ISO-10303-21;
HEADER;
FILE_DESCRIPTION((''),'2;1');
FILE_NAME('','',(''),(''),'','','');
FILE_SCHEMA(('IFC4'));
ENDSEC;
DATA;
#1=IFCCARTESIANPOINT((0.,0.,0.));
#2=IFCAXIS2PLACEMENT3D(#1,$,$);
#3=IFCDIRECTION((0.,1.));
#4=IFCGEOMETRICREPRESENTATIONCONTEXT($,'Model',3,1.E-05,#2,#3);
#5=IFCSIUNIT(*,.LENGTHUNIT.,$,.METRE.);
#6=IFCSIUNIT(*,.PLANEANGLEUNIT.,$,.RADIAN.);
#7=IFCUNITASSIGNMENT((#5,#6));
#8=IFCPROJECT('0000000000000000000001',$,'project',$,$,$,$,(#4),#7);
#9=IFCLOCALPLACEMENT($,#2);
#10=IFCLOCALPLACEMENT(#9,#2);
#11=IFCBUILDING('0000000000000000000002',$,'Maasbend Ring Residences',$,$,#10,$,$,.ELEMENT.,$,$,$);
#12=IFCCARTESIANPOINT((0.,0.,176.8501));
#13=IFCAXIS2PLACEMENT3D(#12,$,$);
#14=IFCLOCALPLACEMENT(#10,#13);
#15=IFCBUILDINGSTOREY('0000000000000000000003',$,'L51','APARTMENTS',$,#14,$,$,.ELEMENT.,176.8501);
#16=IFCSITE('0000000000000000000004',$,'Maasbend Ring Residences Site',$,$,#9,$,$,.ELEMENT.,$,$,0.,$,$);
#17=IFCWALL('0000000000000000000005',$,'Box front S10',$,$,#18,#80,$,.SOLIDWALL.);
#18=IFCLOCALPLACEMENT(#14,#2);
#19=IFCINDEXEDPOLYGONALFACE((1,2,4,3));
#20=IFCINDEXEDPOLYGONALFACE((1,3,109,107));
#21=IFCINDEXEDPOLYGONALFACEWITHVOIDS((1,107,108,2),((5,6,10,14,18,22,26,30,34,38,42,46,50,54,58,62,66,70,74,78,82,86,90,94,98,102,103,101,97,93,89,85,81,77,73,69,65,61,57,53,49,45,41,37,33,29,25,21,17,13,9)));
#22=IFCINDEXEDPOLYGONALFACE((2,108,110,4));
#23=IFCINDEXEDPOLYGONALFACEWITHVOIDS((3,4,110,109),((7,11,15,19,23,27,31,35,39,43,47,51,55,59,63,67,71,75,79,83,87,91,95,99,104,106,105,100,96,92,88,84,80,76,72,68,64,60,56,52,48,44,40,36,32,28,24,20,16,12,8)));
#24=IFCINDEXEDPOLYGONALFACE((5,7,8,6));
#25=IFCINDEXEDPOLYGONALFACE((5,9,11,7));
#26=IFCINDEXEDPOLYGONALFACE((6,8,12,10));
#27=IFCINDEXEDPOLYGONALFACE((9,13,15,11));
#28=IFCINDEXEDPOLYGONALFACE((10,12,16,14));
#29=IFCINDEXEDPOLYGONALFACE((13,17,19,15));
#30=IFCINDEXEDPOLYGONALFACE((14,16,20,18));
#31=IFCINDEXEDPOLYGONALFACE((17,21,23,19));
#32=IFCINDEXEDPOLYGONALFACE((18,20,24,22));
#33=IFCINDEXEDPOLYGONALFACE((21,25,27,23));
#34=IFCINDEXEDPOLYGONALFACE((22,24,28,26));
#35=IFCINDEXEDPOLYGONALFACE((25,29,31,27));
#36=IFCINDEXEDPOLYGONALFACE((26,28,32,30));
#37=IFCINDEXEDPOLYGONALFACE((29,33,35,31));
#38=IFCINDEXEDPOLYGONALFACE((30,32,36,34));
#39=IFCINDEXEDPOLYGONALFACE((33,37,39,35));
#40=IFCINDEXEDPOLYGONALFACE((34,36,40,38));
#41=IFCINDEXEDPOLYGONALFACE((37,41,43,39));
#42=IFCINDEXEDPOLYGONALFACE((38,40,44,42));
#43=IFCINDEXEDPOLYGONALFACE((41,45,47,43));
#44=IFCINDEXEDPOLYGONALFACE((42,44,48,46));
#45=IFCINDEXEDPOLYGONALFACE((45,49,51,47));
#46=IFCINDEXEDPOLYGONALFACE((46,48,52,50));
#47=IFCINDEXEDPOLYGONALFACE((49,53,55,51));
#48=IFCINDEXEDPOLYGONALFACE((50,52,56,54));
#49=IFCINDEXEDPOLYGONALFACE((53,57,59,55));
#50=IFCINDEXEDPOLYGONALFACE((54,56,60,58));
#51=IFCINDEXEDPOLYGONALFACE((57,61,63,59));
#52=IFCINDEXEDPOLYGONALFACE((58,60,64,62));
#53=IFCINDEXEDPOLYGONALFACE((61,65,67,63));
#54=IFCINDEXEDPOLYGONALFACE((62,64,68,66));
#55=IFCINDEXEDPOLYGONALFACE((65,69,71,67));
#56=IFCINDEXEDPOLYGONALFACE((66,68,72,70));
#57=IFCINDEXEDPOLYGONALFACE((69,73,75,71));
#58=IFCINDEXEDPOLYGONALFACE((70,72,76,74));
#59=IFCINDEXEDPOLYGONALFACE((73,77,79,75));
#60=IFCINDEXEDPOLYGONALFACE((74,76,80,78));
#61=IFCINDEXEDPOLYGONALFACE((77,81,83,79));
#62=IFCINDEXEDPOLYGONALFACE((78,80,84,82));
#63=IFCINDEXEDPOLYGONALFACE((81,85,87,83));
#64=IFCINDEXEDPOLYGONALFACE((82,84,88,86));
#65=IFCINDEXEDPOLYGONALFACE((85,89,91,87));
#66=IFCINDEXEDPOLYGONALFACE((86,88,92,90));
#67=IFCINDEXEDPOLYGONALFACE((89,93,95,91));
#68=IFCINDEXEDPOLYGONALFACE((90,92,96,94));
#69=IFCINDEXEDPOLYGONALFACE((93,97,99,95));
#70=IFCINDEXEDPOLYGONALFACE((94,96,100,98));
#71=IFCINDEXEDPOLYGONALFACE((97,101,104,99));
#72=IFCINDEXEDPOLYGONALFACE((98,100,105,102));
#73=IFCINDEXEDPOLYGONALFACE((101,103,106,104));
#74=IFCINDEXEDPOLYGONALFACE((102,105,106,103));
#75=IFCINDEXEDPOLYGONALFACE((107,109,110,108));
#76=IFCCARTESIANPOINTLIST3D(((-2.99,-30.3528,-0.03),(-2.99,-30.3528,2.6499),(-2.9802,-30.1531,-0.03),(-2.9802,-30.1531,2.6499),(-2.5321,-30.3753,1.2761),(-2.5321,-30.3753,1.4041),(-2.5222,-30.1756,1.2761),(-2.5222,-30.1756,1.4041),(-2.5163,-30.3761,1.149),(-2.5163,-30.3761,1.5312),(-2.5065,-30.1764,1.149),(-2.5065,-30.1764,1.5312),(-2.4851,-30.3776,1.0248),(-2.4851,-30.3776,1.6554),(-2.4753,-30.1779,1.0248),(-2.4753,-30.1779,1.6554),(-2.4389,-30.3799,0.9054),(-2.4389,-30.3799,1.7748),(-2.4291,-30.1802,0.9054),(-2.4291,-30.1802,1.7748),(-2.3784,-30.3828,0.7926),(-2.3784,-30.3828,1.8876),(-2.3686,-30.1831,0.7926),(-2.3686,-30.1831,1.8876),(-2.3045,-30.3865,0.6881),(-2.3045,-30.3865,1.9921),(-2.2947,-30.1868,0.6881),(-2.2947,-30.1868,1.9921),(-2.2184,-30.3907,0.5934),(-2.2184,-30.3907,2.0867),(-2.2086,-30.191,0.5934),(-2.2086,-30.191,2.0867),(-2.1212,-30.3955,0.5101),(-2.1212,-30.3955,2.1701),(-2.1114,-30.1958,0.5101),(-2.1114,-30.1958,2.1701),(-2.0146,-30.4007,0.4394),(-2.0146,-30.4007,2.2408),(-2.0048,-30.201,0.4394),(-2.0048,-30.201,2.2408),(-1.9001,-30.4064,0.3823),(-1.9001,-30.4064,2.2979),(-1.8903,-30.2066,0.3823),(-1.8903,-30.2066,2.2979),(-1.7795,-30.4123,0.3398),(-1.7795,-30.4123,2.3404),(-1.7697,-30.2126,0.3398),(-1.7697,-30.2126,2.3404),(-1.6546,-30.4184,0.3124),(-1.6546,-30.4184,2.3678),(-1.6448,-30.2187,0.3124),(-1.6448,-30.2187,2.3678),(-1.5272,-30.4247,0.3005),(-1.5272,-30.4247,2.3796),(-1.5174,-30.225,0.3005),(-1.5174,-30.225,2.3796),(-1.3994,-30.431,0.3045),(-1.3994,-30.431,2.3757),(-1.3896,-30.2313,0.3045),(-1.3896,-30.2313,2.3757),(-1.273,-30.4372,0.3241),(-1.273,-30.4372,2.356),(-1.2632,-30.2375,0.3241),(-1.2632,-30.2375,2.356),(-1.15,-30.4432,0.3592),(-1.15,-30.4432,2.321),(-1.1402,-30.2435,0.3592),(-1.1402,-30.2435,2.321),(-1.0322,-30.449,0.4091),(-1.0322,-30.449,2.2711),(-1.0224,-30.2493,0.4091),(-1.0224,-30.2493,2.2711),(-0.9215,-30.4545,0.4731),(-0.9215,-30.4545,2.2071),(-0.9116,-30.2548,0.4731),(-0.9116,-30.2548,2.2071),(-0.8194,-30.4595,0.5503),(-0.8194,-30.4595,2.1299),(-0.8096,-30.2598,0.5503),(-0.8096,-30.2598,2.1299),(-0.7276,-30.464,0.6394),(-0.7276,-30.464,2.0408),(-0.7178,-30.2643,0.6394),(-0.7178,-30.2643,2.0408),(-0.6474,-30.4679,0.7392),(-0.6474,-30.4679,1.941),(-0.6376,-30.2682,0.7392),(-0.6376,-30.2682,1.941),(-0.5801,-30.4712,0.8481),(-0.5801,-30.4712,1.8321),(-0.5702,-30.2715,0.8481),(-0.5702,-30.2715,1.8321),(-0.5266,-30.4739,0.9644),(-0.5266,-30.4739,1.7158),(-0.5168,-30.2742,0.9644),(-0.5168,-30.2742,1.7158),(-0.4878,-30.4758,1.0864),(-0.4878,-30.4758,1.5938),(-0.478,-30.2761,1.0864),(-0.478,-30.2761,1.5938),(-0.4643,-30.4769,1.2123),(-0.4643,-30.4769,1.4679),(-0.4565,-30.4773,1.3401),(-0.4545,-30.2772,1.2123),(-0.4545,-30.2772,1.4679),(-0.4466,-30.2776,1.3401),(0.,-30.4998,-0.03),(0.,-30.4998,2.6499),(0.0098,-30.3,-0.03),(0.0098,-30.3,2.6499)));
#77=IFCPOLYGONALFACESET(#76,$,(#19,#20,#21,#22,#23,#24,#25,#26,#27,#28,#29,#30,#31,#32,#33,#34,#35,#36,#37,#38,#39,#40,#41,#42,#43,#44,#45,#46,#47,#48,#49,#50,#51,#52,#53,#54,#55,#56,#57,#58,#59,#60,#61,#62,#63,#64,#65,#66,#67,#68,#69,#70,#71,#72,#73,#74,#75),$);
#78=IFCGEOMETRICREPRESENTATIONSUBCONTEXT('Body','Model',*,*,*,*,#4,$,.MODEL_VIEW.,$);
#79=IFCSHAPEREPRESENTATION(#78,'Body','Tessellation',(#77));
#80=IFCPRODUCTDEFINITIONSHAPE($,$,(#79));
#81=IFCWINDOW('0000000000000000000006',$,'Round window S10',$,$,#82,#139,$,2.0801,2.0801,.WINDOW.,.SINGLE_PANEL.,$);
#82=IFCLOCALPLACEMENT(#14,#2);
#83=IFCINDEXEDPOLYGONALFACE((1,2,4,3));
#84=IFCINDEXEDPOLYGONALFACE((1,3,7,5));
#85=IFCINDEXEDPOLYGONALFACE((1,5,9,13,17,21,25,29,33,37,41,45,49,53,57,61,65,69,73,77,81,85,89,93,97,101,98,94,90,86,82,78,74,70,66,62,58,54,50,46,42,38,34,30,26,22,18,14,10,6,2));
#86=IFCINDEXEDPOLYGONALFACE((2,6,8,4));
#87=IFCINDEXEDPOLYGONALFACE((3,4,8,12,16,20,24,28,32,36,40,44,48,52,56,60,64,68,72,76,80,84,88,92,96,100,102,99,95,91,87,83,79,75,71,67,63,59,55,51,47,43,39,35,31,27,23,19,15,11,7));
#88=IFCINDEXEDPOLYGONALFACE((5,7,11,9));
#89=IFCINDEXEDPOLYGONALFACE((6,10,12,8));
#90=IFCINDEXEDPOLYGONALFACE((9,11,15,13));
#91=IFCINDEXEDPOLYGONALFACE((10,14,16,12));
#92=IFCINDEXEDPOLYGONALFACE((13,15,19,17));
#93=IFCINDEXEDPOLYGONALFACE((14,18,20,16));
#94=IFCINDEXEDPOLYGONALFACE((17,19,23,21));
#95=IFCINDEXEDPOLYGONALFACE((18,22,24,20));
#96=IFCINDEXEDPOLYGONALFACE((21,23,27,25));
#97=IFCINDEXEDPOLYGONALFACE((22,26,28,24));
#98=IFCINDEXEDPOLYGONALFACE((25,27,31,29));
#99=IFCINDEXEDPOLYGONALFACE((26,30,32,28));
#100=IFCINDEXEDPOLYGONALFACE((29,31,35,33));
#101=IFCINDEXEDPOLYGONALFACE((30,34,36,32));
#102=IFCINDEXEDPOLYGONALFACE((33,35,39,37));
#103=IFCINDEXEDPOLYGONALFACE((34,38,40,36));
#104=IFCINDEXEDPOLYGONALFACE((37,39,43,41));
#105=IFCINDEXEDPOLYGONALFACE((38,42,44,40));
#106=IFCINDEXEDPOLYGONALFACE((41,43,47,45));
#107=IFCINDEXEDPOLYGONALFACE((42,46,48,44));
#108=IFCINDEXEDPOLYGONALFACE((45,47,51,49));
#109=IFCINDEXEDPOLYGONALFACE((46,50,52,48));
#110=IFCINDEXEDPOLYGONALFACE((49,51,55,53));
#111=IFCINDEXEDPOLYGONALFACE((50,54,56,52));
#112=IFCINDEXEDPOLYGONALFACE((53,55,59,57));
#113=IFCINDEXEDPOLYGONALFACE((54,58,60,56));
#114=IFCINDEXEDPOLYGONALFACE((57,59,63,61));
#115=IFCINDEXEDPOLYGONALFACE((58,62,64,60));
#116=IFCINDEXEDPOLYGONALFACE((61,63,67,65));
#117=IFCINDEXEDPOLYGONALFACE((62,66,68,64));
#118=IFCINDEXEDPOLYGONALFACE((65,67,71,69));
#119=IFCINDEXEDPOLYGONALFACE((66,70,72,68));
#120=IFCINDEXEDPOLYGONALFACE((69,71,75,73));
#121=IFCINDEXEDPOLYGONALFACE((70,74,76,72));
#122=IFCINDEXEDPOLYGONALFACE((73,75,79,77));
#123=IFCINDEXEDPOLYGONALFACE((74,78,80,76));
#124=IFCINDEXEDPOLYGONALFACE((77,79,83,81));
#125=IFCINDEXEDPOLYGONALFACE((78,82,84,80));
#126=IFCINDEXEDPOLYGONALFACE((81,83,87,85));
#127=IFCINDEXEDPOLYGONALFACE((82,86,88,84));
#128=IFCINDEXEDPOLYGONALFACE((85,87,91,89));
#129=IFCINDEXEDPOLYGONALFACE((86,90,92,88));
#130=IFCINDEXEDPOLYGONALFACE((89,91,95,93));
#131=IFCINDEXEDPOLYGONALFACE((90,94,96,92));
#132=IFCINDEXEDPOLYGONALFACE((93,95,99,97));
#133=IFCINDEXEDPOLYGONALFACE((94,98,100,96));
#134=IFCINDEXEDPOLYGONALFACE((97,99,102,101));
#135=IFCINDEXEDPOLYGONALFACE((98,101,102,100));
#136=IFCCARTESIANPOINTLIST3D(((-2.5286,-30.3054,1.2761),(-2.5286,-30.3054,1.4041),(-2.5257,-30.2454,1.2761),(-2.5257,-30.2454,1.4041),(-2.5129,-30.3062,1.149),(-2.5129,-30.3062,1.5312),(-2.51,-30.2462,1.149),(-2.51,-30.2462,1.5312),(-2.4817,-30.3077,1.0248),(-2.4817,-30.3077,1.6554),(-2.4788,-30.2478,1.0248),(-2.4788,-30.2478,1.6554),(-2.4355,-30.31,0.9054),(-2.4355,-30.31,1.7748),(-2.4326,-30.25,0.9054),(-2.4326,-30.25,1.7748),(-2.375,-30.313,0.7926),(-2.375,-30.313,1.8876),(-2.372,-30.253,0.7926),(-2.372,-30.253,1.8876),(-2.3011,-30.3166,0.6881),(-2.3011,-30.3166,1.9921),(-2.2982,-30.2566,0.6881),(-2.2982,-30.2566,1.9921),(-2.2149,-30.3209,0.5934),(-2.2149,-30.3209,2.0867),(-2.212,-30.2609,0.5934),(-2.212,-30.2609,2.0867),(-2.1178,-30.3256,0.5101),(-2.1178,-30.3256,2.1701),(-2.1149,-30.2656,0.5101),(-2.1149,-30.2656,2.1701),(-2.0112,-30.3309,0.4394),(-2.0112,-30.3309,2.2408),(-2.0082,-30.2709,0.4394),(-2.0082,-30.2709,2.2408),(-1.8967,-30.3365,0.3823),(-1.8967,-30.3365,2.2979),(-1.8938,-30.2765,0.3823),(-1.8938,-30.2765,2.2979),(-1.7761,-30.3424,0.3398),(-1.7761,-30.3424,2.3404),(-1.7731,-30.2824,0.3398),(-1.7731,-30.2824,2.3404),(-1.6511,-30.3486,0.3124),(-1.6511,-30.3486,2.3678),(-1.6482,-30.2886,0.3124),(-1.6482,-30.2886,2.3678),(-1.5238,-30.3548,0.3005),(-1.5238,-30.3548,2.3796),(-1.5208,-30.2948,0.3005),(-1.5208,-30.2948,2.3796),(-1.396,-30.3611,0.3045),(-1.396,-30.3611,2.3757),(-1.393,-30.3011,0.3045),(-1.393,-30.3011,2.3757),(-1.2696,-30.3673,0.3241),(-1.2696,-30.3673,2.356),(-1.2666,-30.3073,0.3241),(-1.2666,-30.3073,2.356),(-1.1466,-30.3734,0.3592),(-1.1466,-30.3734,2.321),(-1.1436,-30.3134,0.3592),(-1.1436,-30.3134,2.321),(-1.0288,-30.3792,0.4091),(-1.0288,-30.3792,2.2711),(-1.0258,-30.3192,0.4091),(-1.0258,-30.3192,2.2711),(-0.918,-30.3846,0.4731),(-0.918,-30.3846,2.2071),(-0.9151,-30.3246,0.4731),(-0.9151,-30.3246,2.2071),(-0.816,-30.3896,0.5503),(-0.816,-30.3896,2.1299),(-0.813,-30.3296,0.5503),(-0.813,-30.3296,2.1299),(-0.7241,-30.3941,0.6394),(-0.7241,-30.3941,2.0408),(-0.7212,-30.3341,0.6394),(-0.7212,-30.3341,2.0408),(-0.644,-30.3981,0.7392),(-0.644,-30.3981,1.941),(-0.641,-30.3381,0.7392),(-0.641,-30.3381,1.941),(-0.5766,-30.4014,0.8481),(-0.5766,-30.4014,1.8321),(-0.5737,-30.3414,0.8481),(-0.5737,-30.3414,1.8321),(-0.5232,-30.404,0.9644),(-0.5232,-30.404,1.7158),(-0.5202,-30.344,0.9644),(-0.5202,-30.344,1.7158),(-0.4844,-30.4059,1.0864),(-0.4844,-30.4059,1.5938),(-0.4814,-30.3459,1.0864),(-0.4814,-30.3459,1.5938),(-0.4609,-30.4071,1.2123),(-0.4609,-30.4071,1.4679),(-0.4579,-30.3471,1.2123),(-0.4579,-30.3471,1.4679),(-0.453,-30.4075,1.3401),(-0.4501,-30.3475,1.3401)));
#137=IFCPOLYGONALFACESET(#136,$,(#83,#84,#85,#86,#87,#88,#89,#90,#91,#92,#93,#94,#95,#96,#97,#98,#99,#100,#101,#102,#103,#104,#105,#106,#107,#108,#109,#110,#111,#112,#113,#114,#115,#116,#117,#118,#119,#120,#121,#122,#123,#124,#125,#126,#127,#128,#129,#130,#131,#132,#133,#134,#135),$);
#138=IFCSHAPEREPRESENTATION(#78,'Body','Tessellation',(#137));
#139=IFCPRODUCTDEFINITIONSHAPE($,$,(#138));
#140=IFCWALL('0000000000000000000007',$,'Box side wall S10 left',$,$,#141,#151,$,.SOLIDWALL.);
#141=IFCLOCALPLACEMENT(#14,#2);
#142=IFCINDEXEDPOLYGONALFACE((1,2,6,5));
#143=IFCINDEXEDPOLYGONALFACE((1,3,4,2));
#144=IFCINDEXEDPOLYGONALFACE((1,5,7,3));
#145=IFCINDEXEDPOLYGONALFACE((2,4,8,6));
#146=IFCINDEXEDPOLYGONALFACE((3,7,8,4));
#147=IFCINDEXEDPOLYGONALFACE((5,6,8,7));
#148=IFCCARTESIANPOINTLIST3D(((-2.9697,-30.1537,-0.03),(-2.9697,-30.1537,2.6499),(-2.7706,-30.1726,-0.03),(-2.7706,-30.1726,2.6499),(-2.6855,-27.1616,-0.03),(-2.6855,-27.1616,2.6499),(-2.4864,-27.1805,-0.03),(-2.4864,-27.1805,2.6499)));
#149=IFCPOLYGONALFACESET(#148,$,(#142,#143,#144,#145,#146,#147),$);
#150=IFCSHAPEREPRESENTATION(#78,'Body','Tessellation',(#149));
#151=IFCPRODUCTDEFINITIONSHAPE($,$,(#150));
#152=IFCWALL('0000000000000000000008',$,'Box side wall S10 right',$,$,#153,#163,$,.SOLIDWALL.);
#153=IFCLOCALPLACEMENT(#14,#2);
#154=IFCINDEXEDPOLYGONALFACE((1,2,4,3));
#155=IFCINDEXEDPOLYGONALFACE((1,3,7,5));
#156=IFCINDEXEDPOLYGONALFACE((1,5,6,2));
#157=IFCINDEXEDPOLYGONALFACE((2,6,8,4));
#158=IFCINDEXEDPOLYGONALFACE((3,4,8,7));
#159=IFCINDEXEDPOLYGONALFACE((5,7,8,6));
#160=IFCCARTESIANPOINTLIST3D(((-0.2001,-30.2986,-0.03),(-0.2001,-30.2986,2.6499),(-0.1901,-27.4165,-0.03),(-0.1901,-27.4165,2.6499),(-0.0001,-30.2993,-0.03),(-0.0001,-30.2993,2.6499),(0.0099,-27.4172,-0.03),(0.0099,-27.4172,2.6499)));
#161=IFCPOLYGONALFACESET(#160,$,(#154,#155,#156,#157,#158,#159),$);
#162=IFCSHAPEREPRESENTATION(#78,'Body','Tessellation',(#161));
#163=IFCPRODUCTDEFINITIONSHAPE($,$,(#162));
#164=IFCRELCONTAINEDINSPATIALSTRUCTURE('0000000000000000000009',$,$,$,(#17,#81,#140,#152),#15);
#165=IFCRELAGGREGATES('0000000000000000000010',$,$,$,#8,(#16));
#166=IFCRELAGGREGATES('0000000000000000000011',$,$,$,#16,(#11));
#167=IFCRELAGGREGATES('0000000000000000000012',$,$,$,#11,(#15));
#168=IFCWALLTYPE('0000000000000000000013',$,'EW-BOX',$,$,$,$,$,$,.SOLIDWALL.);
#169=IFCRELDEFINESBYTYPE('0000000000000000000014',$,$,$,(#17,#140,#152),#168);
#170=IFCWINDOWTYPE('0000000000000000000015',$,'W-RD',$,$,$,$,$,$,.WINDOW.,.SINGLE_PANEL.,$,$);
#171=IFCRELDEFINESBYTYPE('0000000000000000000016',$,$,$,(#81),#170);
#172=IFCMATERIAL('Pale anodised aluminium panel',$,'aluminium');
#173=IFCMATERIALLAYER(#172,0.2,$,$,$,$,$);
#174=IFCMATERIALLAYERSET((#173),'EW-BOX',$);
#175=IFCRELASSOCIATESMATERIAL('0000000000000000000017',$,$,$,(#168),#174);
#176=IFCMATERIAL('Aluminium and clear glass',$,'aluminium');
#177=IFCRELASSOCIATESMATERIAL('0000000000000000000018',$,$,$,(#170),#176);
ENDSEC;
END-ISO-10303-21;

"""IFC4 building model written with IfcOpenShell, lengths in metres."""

from ifc_helpers import new_model, si_unit, direction, frame, frame_2d, origin, place, context, subcontext, project, spatial, rectangle, circle, extrude, material, layer, layer_set, type_object, element, fill, save


model = new_model("IFC4")

# Units and contexts
model_context = context("Model", 3, precision=1e-05, world=origin(), true_north=direction((0.0, 1.0)))
body_context = subcontext(model_context, "Body", "Model", "MODEL_VIEW")
ifc_project = project(units=[si_unit("LENGTHUNIT", "METRE"), si_unit("PLANEANGLEUNIT", "RADIAN")], contexts=[model_context])

# Site, building, storey
site_placement = place(None, origin())
site = spatial("IfcSite", under=ifc_project, at=site_placement, Name="Maasbend Ring Residences Site", CompositionType="ELEMENT", RefElevation=0.0)
building_placement = place(site_placement, origin())
building = spatial("IfcBuilding", under=site, at=building_placement, Name="Maasbend Ring Residences", CompositionType="ELEMENT")
storey_placement = place(building_placement, frame((0.0, 0.0, 176.8501)))
storey = spatial("IfcBuildingStorey", under=building, at=storey_placement, Name="L51", Description="APARTMENTS", CompositionType="ELEMENT", Elevation=176.8501)

# Shared definitions
ifc_material_1 = material(Name="Pale anodised aluminium panel", Category="aluminium")
ifc_layer_1 = layer(ifc_material_1, 0.2)
ifc_layer_set_1 = layer_set([ifc_layer_1], Name="EW-BOX")
wall_type_1 = type_object("IfcWallType", Name="EW-BOX", PredefinedType="SOLIDWALL", material=ifc_layer_set_1)

# Shared definitions
ifc_material_2 = material(Name="Aluminium and clear glass", Category="aluminium")
window_type_1 = type_object("IfcWindowType", Name="W-RD", PartitioningType="SINGLE_PANEL", PredefinedType="WINDOW", material=ifc_material_2)

# Wall, opening, window
wall_1_placement = place(storey_placement, frame((-2.9851, -30.2529, -0.03), z_axis=(0.0, 0.0, 1.0), x_axis=(0.998794, -0.049096, 0.0)))
wall_1 = element("IfcWall", 1, at=wall_1_placement, inside=storey, type_object=wall_type_1, Name="Box front S10", PredefinedType="SOLIDWALL", context=body_context, shape_type="SweptSolid", body=[
    extrude(rectangle(XDim=2.9937, YDim=0.2, at=frame_2d((1.4968, 0.0))), origin(), (0.0, 0.0, 1.0), 2.6799),
])
opening_1_placement = place(wall_1_placement, frame((0.4565, 0.0, 0.3301)))
opening_1 = element("IfcOpeningElement", 2, at=opening_1_placement, cuts=wall_1, PredefinedType="OPENING", context=body_context, shape_type="SweptSolid", body=[
    extrude(circle(Radius=1.04, at=frame_2d((1.04, 1.04))), frame((0.0, 0.1099, 0.0), z_axis=(0.0, -1.0, 0.0), x_axis=(1.0, 0.0, 0.0)), (0.0, 0.0, 1.0), 0.22),
])
window_1_placement = place(opening_1_placement, origin())
window_1 = element("IfcWindow", 3, at=window_1_placement, inside=storey, type_object=window_type_1, Name="Round window S10", OverallHeight=2.0801, OverallWidth=2.0801, PartitioningType="SINGLE_PANEL", PredefinedType="WINDOW", context=body_context, shape_type="SweptSolid", body=[
    extrude(circle(Radius=1.04, at=frame_2d((1.04, 1.04))), frame((0.0, 0.03, 0.0), z_axis=(0.0, -1.0, 0.0), x_axis=(1.0, 0.0, 0.0)), (0.0, 0.0, 1.0), 0.0601),
])
fill(opening_1, window_1)

# Walls
wall_2_placement = place(storey_placement, frame((-2.5859, -27.1709, -0.03), z_axis=(0.0, 0.0, 1.0), x_axis=(-0.094548, -0.99552, 0.0)))
element("IfcWall", 4, at=wall_2_placement, inside=storey, type_object=wall_type_1, Name="Box side wall S10 left", PredefinedType="SOLIDWALL", context=body_context, shape_type="SweptSolid", body=[
    extrude(rectangle(XDim=3.0056, YDim=0.2, at=frame_2d((1.5029, 0.0))), origin(), (0.0, 0.0, 1.0), 2.6799),
])
wall_3_placement = place(storey_placement, frame((-0.0901, -27.417, -0.03), z_axis=(0.0, 0.0, 1.0), x_axis=(-0.003473, -0.999994, 0.0)))
element("IfcWall", 5, at=wall_3_placement, inside=storey, type_object=wall_type_1, Name="Box side wall S10 right", PredefinedType="SOLIDWALL", context=body_context, shape_type="SweptSolid", body=[
    extrude(rectangle(XDim=2.8821, YDim=0.2, at=frame_2d((1.4409, 0.0))), origin(), (0.0, 0.0, 1.0), 2.6799),
])

save(model, "model.ifc")
